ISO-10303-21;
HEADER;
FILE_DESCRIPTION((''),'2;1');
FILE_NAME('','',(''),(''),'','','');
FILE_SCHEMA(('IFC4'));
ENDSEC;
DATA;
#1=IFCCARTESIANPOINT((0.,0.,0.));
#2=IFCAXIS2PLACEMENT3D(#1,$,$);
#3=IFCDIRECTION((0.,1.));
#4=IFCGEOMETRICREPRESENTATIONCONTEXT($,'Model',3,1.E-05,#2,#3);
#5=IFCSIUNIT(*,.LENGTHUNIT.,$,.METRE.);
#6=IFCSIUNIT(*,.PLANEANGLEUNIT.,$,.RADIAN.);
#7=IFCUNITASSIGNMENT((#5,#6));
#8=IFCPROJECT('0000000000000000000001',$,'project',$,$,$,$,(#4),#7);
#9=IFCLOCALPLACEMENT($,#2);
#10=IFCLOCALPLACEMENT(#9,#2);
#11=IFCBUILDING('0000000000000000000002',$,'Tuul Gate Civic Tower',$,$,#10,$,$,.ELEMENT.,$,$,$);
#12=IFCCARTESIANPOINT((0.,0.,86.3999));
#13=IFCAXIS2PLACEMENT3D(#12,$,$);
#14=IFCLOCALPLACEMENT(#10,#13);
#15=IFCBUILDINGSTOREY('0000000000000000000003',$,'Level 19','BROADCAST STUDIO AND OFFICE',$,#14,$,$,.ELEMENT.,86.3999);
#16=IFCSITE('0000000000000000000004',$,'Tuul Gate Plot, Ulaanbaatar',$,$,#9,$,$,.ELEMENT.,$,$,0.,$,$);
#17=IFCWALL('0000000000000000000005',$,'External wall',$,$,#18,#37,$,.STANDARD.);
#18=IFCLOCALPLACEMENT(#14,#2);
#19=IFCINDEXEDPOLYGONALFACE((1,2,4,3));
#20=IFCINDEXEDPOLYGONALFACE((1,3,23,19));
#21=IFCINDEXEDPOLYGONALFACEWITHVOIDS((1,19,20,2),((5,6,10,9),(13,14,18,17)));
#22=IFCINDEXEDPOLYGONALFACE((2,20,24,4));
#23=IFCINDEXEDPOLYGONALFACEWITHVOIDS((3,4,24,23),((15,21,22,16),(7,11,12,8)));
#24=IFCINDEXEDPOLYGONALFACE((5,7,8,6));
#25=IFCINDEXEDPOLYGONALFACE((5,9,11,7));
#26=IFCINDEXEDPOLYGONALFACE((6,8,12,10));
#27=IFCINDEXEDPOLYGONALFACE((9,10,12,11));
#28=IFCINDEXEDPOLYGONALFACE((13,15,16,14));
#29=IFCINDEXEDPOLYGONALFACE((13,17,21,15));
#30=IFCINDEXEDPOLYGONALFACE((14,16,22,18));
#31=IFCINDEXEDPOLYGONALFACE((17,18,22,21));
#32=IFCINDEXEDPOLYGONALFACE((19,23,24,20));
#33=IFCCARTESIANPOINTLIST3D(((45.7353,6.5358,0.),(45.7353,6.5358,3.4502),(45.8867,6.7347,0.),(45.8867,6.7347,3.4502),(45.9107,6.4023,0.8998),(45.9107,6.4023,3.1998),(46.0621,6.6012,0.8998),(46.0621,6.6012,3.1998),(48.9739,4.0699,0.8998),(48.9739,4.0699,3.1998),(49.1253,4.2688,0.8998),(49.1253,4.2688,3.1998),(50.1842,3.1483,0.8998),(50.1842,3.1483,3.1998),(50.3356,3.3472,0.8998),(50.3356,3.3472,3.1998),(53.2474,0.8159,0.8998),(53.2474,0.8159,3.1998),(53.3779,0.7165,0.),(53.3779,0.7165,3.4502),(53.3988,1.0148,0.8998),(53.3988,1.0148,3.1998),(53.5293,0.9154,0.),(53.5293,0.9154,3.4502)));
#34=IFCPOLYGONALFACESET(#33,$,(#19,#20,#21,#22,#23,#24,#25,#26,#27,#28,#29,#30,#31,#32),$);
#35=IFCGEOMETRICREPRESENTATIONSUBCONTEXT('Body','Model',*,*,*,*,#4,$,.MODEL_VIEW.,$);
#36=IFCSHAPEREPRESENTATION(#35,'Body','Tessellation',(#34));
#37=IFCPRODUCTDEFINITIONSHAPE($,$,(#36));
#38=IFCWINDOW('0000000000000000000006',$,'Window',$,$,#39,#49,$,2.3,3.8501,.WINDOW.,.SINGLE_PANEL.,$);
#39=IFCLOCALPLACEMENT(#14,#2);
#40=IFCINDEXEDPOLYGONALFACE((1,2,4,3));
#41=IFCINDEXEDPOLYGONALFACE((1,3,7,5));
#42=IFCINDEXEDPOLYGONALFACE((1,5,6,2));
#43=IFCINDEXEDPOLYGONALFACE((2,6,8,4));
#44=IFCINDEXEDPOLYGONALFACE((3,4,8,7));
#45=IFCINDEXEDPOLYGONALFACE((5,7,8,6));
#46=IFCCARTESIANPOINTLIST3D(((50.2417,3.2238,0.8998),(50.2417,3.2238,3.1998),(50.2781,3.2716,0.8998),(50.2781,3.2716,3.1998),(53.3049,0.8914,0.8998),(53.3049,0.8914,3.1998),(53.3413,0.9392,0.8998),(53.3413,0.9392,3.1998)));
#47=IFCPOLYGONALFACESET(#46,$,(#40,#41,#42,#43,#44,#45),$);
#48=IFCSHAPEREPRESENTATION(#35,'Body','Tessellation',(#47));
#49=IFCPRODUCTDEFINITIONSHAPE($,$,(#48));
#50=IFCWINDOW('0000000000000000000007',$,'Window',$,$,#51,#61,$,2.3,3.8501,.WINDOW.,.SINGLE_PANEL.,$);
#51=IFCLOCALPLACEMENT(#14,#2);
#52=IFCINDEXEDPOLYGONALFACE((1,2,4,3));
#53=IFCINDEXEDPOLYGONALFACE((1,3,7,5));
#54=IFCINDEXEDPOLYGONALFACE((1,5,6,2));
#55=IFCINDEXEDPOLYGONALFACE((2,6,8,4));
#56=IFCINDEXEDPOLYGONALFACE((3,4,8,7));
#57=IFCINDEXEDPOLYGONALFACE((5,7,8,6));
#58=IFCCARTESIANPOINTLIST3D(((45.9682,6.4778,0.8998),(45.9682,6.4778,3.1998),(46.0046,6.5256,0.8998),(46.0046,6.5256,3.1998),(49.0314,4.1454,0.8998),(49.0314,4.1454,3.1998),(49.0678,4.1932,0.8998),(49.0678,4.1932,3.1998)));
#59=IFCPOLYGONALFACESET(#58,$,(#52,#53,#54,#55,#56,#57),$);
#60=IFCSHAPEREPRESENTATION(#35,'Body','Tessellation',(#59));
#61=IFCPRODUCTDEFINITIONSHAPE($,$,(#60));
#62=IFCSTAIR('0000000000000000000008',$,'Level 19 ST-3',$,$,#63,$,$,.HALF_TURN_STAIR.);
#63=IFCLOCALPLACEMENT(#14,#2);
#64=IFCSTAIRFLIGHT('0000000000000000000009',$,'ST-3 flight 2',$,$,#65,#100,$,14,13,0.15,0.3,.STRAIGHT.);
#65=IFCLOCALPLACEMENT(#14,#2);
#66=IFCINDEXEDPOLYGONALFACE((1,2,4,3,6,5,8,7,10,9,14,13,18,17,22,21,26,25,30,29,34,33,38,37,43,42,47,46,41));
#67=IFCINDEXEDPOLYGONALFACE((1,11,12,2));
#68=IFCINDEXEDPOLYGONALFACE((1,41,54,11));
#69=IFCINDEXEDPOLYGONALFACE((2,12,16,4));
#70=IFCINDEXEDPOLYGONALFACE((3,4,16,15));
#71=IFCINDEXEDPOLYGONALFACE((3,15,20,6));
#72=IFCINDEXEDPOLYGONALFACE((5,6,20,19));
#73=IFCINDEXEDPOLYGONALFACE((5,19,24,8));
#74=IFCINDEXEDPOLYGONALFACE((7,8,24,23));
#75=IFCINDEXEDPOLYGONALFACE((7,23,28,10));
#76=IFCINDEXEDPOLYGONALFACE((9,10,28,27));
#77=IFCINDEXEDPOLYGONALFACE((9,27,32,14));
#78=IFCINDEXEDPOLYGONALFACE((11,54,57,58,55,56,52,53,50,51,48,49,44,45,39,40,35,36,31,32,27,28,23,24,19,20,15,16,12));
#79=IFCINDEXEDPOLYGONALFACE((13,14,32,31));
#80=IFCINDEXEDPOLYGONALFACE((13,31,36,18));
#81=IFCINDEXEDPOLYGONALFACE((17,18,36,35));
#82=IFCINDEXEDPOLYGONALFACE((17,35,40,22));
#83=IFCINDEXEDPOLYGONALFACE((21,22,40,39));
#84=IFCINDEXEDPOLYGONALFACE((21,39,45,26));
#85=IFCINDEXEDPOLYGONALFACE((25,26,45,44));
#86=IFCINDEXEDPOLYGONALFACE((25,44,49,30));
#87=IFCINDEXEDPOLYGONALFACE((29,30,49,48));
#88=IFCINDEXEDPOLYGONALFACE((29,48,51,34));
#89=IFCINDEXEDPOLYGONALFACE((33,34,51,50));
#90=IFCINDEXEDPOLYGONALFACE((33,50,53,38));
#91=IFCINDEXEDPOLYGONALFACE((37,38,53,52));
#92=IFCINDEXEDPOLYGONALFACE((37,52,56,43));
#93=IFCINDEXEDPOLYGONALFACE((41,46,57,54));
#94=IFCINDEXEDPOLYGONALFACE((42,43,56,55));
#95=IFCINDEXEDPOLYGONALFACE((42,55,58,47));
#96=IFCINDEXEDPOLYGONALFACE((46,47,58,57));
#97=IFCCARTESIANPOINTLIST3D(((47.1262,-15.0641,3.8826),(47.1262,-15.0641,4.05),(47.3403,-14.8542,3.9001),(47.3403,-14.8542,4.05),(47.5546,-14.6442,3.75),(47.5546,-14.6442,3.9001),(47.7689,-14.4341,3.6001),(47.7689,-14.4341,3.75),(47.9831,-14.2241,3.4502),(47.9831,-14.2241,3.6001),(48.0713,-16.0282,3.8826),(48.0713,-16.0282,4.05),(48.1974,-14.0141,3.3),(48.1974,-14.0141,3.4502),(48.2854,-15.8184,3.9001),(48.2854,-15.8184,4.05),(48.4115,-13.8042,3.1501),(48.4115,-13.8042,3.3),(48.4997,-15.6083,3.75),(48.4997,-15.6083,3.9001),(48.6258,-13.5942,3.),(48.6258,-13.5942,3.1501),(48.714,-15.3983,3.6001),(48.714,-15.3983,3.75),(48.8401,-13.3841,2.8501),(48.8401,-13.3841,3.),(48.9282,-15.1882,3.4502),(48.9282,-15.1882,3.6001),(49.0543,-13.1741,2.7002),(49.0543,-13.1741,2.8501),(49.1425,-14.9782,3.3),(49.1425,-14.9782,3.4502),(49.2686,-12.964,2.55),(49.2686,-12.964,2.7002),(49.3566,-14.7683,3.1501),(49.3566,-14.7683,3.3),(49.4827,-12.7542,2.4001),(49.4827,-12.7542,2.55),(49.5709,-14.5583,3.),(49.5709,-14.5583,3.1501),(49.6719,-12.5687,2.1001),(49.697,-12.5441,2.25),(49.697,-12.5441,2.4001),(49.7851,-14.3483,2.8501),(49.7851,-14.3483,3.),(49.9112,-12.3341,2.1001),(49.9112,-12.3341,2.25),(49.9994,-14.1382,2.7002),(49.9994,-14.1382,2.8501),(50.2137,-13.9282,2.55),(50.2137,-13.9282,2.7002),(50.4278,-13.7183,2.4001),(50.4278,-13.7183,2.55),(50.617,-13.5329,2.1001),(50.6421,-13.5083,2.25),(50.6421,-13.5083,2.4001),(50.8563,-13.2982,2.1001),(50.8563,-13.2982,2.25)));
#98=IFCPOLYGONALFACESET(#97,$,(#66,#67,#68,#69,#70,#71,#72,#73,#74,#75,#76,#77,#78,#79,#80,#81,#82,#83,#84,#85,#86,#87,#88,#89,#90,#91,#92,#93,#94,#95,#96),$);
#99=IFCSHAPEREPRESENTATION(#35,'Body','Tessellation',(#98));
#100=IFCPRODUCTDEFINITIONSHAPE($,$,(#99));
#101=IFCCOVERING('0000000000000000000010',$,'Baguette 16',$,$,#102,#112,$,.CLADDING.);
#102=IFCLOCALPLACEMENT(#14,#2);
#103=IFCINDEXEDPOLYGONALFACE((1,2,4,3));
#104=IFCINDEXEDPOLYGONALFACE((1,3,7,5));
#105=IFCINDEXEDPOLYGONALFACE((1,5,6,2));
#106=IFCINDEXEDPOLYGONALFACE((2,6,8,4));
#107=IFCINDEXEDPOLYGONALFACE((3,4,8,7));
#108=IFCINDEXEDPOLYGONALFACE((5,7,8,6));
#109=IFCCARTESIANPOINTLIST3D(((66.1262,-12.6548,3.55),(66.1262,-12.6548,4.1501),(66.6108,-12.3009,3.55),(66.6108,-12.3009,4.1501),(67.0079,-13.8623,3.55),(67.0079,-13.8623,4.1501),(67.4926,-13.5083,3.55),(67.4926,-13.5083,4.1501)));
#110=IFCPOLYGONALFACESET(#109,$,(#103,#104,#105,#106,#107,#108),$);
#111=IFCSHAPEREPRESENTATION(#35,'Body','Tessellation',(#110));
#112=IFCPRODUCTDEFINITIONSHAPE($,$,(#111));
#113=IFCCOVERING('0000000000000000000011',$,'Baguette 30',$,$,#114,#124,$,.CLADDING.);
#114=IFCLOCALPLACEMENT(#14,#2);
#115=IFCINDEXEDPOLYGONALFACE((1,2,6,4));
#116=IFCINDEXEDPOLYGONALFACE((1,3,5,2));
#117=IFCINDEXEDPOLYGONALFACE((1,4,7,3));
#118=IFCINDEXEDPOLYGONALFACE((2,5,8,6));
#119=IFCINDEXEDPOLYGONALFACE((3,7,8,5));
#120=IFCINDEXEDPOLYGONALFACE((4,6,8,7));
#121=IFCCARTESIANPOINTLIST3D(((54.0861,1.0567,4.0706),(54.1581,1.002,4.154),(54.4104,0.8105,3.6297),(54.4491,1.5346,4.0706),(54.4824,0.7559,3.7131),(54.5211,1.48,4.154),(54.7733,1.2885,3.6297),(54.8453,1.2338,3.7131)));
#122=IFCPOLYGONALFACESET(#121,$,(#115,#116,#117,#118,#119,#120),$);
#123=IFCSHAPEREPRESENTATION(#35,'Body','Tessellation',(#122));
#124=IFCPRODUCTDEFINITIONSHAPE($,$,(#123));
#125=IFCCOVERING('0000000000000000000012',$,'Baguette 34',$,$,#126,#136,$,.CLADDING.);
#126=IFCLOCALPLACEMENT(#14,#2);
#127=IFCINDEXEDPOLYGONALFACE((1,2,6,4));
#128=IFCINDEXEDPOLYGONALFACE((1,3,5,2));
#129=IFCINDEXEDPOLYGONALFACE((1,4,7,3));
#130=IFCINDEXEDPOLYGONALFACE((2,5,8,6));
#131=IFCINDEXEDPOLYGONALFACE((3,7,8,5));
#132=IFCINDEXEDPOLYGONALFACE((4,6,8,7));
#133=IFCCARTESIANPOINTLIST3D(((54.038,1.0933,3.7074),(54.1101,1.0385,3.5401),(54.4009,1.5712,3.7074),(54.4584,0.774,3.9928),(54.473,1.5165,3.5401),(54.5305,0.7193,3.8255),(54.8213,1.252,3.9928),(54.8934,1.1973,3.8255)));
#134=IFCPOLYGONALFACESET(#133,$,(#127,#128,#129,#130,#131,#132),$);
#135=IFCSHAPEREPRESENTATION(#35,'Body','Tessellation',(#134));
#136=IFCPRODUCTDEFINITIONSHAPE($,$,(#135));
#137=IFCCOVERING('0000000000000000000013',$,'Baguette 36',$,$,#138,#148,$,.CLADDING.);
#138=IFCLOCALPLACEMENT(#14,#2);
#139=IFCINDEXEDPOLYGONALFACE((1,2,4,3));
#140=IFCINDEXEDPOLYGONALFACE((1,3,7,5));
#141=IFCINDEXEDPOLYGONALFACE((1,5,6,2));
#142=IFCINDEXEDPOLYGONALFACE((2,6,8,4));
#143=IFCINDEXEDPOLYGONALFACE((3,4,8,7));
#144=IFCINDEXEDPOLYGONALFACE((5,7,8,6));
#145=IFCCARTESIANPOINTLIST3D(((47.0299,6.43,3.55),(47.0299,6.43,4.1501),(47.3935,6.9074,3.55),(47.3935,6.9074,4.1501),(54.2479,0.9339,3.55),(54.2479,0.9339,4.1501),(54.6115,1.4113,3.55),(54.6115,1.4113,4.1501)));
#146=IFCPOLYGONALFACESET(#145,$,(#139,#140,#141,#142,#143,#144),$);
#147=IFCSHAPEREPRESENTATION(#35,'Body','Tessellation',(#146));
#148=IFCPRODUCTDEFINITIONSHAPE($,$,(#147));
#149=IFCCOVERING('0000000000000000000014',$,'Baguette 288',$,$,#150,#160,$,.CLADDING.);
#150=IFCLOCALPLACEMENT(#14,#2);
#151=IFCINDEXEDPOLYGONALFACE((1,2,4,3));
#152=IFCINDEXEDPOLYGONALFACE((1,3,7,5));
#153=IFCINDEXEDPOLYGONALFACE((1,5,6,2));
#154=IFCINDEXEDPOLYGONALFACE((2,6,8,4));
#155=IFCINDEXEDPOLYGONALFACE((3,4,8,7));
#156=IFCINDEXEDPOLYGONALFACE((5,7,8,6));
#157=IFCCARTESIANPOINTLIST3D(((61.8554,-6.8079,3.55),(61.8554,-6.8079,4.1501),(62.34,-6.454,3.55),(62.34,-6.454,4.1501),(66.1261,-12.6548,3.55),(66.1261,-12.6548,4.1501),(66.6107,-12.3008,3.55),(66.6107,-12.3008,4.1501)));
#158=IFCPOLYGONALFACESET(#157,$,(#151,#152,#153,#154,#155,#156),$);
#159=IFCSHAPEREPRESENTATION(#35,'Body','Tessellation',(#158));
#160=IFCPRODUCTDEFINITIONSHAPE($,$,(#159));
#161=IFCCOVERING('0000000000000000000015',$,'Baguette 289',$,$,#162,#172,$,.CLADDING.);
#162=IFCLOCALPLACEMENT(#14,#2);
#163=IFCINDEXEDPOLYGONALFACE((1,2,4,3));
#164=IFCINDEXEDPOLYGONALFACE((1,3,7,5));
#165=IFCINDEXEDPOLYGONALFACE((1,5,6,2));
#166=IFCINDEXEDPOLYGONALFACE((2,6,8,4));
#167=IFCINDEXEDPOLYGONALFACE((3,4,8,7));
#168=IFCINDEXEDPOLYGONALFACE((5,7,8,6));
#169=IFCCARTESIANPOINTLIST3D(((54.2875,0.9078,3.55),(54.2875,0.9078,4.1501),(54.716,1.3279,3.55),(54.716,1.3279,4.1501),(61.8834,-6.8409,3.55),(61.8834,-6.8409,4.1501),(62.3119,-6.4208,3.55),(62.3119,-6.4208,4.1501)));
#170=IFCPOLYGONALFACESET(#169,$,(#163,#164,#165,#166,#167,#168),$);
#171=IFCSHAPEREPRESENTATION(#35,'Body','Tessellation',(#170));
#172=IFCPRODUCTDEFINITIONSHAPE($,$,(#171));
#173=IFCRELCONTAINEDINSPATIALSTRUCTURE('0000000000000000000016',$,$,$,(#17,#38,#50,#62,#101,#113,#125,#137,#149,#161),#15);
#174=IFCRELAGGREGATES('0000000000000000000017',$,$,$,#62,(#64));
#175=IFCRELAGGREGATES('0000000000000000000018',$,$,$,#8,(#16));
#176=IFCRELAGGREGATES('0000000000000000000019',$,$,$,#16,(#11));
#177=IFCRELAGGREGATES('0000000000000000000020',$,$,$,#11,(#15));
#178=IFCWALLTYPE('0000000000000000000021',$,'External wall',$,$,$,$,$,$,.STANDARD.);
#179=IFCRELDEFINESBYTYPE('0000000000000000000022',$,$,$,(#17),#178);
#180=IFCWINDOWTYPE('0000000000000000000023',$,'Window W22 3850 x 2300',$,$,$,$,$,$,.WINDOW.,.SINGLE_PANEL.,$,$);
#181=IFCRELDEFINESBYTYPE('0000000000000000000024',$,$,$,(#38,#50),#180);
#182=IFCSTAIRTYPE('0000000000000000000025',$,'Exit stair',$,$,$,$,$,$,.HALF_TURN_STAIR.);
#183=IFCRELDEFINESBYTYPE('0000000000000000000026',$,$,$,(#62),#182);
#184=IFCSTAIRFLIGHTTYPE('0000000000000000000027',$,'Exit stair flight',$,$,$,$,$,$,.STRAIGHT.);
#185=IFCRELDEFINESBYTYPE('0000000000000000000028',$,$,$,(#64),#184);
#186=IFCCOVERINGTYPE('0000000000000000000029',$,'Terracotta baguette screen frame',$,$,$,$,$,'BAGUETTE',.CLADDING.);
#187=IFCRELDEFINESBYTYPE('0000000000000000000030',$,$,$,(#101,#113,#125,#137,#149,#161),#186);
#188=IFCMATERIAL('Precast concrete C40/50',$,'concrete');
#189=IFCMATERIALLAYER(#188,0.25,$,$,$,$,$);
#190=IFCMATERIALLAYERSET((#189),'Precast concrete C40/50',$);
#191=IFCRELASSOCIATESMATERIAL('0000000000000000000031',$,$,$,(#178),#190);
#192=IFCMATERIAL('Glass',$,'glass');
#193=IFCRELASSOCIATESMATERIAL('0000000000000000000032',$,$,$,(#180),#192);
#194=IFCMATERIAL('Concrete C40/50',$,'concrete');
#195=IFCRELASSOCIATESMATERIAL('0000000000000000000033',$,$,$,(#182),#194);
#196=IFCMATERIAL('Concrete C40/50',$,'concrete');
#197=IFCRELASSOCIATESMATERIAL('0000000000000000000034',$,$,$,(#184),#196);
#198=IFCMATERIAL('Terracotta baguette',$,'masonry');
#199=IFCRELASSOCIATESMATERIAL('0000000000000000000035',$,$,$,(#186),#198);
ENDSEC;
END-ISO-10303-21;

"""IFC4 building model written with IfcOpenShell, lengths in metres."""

from ifc_helpers import new_model, si_unit, direction, frame, frame_2d, origin, origin_2d, place, context, subcontext, project, spatial, polyline, rectangle, outline, extrude, material, layer, layer_set, material_profile, profile_set, type_object, element, fill, aggregate, save


model = new_model("IFC4")

# Units and contexts
model_context = context("Model", 3, precision=1e-05, world=origin(), true_north=direction((0.0, 1.0)))
body_context = subcontext(model_context, "Body", "Model", "MODEL_VIEW")
ifc_project = project(units=[si_unit("LENGTHUNIT", "METRE"), si_unit("PLANEANGLEUNIT", "RADIAN")], contexts=[model_context])

# Site, building, storey
site_placement = place(None, origin())
site = spatial("IfcSite", under=ifc_project, at=site_placement, Name="Tuul Gate Plot, Ulaanbaatar", CompositionType="ELEMENT", RefElevation=0.0)
building_placement = place(site_placement, origin())
building = spatial("IfcBuilding", under=site, at=building_placement, Name="Tuul Gate Civic Tower", CompositionType="ELEMENT")
storey_placement = place(building_placement, frame((0.0, 0.0, 86.3999)))
storey = spatial("IfcBuildingStorey", under=building, at=storey_placement, Name="Level 19", Description="BROADCAST STUDIO AND OFFICE", CompositionType="ELEMENT", Elevation=86.3999)

# Wall, openings, windows
ifc_material_1 = material(Name="Precast concrete C40/50", Category="concrete")
ifc_layer_1 = layer(ifc_material_1, 0.25)
ifc_layer_set_1 = layer_set([ifc_layer_1], Name="Precast concrete C40/50")
wall_type_1 = type_object("IfcWallType", Name="External wall", PredefinedType="STANDARD", material=ifc_layer_set_1)
ifc_material_2 = material(Name="Glass", Category="glass")
window_type = type_object("IfcWindowType", Name="Window W22 3850 x 2300", PartitioningType="SINGLE_PANEL", PredefinedType="WINDOW", material=ifc_material_2)
wall_1_placement = place(storey_placement, frame((53.4536, 0.8159, 0.0), z_axis=(0.0, 0.0, 1.0), x_axis=(-0.795611, 0.605807, 0.0)))
wall_1 = element("IfcWall", 1, at=wall_1_placement, inside=storey, type_object=wall_type_1, Name="External wall", PredefinedType="STANDARD", context=body_context, shape_type="SweptSolid", body=[
    extrude(rectangle(XDim=9.606, YDim=0.25, at=frame_2d((4.803, 0.0))), origin(), (0.0, 0.0, 1.0), 3.4502),
])
opening_1_placement = place(wall_1_placement, frame((0.1641, 0.0, 0.8999)))
opening_1 = element("IfcOpeningElement", 2, at=opening_1_placement, cuts=wall_1, PredefinedType="OPENING", context=body_context, shape_type="SweptSolid", body=[
    extrude(rectangle(XDim=3.8501, YDim=2.3, at=frame_2d((1.925, 1.1499))), frame((0.0, 0.135, 0.0), z_axis=(0.0, -1.0, 0.0), x_axis=(1.0, 0.0, 0.0)), (0.0, 0.0, 1.0), 0.27),
])
opening_2_placement = place(wall_1_placement, frame((5.5354, 0.0, 0.8999)))
opening_2 = element("IfcOpeningElement", 3, at=opening_2_placement, cuts=wall_1, PredefinedType="OPENING", context=body_context, shape_type="SweptSolid", body=[
    extrude(rectangle(XDim=3.8501, YDim=2.3, at=frame_2d((1.925, 1.1499))), frame((0.0, 0.135, 0.0), z_axis=(0.0, -1.0, 0.0), x_axis=(1.0, 0.0, 0.0)), (0.0, 0.0, 1.0), 0.27),
])
window_1_placement = place(opening_1_placement, origin())
window_1 = element("IfcWindow", 4, at=window_1_placement, inside=storey, type_object=window_type, Name="Window", OverallHeight=2.3, OverallWidth=3.8501, PartitioningType="SINGLE_PANEL", PredefinedType="WINDOW", context=body_context, shape_type="SweptSolid", body=[
    extrude(rectangle(XDim=3.8501, YDim=2.3, at=frame_2d((1.925, 1.1499))), frame((0.0, 0.03, 0.0), z_axis=(0.0, -1.0, 0.0), x_axis=(1.0, 0.0, 0.0)), (0.0, 0.0, 1.0), 0.0601),
])
fill(opening_1, window_1)
window_2_placement = place(opening_2_placement, origin())
window_2 = element("IfcWindow", 5, at=window_2_placement, inside=storey, type_object=window_type, Name="Window", OverallHeight=2.3, OverallWidth=3.8501, PartitioningType="SINGLE_PANEL", PredefinedType="WINDOW", context=body_context, shape_type="SweptSolid", body=[
    extrude(rectangle(XDim=3.8501, YDim=2.3, at=frame_2d((1.925, 1.1499))), frame((0.0, 0.03, 0.0), z_axis=(0.0, -1.0, 0.0), x_axis=(1.0, 0.0, 0.0)), (0.0, 0.0, 1.0), 0.0601),
])
fill(opening_2, window_2)

# Stair, stair flight
ifc_material_3 = material(Name="Concrete C40/50", Category="concrete")
stair_type = type_object("IfcStairType", Name="Exit stair", PredefinedType="HALF_TURN_STAIR", material=ifc_material_3)
stair_placement = place(storey_placement, origin())
stair = element("IfcStair", 6, at=stair_placement, inside=storey, type_object=stair_type, Name="Level 19 ST-3", PredefinedType="HALF_TURN_STAIR")
ifc_material_4 = material(Name="Concrete C40/50", Category="concrete")
stair_flight_type = type_object("IfcStairFlightType", Name="Exit stair flight", PredefinedType="STRAIGHT", material=ifc_material_4)
stair_flight_placement = place(storey_placement, frame((50.3838, -12.8162, 2.1001), z_axis=(0.0, 0.0, 1.0), x_axis=(-0.714127, -0.700016, 0.0)))
stair_flight = element("IfcStairFlight", 7, at=stair_flight_placement, type_object=stair_flight_type, Name="ST-3 flight 2", NumberOfRisers=14, NumberOfTreads=13, PredefinedType="STRAIGHT", RiserHeight=0.15, TreadLength=0.3, context=body_context, shape_type="SweptSolid", body=[
    extrude(outline(polyline([(0.0, 0.0), (0.0, 0.1499), (0.3, 0.1499), (0.3, 0.3), (0.6001, 0.3), (0.6001, 0.45), (0.8999, 0.45), (0.8999, 0.6001), (1.2, 0.6001), (1.2, 0.75), (1.5, 0.75), (1.5, 0.8999), (1.8, 0.8999), (1.8, 1.05), (2.1001, 1.05), (2.1001, 1.2), (2.3999, 1.2), (2.3999, 1.3501), (2.7, 1.3501), (2.7, 1.5), (3.0, 1.5), (3.0, 1.6499), (3.3, 1.6499), (3.3, 1.8), (3.6001, 1.8), (3.6001, 1.95), (3.8999, 1.95), (3.8999, 2.1001), (3.8999, 1.7825), (0.3352, 0.0), (0.0, 0.0)])), frame((0.0, 0.675, 0.0), z_axis=(0.0, -1.0, 0.0), x_axis=(1.0, 0.0, 0.0)), (0.0, 0.0, 1.0), 1.3501),
])
aggregate(stair, [stair_flight])

# Coverings
ifc_material_5 = material(Name="Terracotta baguette", Category="masonry")
ifc_material_profile_1 = material_profile(ifc_material_5, rectangle(XDim=0.6001, YDim=0.6001, at=origin_2d()), Name="Terracotta baguette screen frame")
ifc_profile_set_1 = profile_set([ifc_material_profile_1], Name="Terracotta baguette")
covering_type = type_object("IfcCoveringType", Name="Terracotta baguette screen frame", ElementType="BAGUETTE", PredefinedType="CLADDING", material=ifc_profile_set_1)
covering_1_placement = place(storey_placement, frame((67.2502, -13.6853, 3.8501), z_axis=(-0.589763, 0.807577, 0.0), x_axis=(-0.807577, -0.589763, 0.0)))
element("IfcCovering", 8, at=covering_1_placement, inside=storey, type_object=covering_type, Name="Baguette 16", PredefinedType="CLADDING", context=body_context, shape_type="SweptSolid", body=[
    extrude(rectangle(XDim=0.6001, YDim=0.6001, at=origin_2d()), origin(), (0.0, 0.0, 1.0), 1.4951),
])
covering_2_placement = place(storey_placement, frame((54.5017, 1.1179, 3.9336), z_axis=(-0.585146, 0.444314, -0.678372), x_axis=(-0.604741, -0.796422, 0.0)))
element("IfcCovering", 9, at=covering_2_placement, inside=storey, type_object=covering_type, Name="Baguette 30", PredefinedType="CLADDING", context=body_context, shape_type="SweptSolid", body=[
    extrude(rectangle(XDim=0.6001, YDim=0.6001, at=origin_2d()), origin(), (0.0, 0.0, 1.0), 0.123),
])
covering_3_placement = place(storey_placement, frame((54.4297, 1.1726, 3.8501), z_axis=(0.37882, -0.287647, -0.879633), x_axis=(0.604741, 0.796422, 0.0)))
element("IfcCovering", 10, at=covering_3_placement, inside=storey, type_object=covering_type, Name="Baguette 34", PredefinedType="CLADDING", context=body_context, shape_type="SweptSolid", body=[
    extrude(rectangle(XDim=0.6001, YDim=0.6001, at=origin_2d()), origin(), (0.0, 0.0, 1.0), 0.1902),
])
covering_4_placement = place(storey_placement, frame((54.4297, 1.1726, 3.8501), z_axis=(-0.79561, 0.60581, 0.0), x_axis=(-0.60581, -0.79561, 0.0)))
element("IfcCovering", 11, at=covering_4_placement, inside=storey, type_object=covering_type, Name="Baguette 36", PredefinedType="CLADDING", context=body_context, shape_type="SweptSolid", body=[
    extrude(rectangle(XDim=0.6001, YDim=0.6001, at=origin_2d()), origin(), (0.0, 0.0, 1.0), 9.0723),
])
covering_5_placement = place(storey_placement, frame((66.3684, -12.4778, 3.8501), z_axis=(-0.589837, 0.807523, 0.0), x_axis=(-0.807523, -0.589837, 0.0)))
element("IfcCovering", 12, at=covering_5_placement, inside=storey, type_object=covering_type, Name="Baguette 288", PredefinedType="CLADDING", context=body_context, shape_type="SweptSolid", body=[
    extrude(rectangle(XDim=0.6001, YDim=0.6001, at=origin_2d()), origin(), (0.0, 0.0, 1.0), 7.2405),
])
covering_6_placement = place(storey_placement, frame((62.0977, -6.6309, 3.8501), z_axis=(-0.700029, 0.714114, 0.0), x_axis=(-0.714114, -0.700029, 0.0)))
element("IfcCovering", 13, at=covering_6_placement, inside=storey, type_object=covering_type, Name="Baguette 289", PredefinedType="CLADDING", context=body_context, shape_type="SweptSolid", body=[
    extrude(rectangle(XDim=0.6001, YDim=0.6001, at=origin_2d()), origin(), (0.0, 0.0, 1.0), 10.8508),
])

save(model, "model.ifc")
